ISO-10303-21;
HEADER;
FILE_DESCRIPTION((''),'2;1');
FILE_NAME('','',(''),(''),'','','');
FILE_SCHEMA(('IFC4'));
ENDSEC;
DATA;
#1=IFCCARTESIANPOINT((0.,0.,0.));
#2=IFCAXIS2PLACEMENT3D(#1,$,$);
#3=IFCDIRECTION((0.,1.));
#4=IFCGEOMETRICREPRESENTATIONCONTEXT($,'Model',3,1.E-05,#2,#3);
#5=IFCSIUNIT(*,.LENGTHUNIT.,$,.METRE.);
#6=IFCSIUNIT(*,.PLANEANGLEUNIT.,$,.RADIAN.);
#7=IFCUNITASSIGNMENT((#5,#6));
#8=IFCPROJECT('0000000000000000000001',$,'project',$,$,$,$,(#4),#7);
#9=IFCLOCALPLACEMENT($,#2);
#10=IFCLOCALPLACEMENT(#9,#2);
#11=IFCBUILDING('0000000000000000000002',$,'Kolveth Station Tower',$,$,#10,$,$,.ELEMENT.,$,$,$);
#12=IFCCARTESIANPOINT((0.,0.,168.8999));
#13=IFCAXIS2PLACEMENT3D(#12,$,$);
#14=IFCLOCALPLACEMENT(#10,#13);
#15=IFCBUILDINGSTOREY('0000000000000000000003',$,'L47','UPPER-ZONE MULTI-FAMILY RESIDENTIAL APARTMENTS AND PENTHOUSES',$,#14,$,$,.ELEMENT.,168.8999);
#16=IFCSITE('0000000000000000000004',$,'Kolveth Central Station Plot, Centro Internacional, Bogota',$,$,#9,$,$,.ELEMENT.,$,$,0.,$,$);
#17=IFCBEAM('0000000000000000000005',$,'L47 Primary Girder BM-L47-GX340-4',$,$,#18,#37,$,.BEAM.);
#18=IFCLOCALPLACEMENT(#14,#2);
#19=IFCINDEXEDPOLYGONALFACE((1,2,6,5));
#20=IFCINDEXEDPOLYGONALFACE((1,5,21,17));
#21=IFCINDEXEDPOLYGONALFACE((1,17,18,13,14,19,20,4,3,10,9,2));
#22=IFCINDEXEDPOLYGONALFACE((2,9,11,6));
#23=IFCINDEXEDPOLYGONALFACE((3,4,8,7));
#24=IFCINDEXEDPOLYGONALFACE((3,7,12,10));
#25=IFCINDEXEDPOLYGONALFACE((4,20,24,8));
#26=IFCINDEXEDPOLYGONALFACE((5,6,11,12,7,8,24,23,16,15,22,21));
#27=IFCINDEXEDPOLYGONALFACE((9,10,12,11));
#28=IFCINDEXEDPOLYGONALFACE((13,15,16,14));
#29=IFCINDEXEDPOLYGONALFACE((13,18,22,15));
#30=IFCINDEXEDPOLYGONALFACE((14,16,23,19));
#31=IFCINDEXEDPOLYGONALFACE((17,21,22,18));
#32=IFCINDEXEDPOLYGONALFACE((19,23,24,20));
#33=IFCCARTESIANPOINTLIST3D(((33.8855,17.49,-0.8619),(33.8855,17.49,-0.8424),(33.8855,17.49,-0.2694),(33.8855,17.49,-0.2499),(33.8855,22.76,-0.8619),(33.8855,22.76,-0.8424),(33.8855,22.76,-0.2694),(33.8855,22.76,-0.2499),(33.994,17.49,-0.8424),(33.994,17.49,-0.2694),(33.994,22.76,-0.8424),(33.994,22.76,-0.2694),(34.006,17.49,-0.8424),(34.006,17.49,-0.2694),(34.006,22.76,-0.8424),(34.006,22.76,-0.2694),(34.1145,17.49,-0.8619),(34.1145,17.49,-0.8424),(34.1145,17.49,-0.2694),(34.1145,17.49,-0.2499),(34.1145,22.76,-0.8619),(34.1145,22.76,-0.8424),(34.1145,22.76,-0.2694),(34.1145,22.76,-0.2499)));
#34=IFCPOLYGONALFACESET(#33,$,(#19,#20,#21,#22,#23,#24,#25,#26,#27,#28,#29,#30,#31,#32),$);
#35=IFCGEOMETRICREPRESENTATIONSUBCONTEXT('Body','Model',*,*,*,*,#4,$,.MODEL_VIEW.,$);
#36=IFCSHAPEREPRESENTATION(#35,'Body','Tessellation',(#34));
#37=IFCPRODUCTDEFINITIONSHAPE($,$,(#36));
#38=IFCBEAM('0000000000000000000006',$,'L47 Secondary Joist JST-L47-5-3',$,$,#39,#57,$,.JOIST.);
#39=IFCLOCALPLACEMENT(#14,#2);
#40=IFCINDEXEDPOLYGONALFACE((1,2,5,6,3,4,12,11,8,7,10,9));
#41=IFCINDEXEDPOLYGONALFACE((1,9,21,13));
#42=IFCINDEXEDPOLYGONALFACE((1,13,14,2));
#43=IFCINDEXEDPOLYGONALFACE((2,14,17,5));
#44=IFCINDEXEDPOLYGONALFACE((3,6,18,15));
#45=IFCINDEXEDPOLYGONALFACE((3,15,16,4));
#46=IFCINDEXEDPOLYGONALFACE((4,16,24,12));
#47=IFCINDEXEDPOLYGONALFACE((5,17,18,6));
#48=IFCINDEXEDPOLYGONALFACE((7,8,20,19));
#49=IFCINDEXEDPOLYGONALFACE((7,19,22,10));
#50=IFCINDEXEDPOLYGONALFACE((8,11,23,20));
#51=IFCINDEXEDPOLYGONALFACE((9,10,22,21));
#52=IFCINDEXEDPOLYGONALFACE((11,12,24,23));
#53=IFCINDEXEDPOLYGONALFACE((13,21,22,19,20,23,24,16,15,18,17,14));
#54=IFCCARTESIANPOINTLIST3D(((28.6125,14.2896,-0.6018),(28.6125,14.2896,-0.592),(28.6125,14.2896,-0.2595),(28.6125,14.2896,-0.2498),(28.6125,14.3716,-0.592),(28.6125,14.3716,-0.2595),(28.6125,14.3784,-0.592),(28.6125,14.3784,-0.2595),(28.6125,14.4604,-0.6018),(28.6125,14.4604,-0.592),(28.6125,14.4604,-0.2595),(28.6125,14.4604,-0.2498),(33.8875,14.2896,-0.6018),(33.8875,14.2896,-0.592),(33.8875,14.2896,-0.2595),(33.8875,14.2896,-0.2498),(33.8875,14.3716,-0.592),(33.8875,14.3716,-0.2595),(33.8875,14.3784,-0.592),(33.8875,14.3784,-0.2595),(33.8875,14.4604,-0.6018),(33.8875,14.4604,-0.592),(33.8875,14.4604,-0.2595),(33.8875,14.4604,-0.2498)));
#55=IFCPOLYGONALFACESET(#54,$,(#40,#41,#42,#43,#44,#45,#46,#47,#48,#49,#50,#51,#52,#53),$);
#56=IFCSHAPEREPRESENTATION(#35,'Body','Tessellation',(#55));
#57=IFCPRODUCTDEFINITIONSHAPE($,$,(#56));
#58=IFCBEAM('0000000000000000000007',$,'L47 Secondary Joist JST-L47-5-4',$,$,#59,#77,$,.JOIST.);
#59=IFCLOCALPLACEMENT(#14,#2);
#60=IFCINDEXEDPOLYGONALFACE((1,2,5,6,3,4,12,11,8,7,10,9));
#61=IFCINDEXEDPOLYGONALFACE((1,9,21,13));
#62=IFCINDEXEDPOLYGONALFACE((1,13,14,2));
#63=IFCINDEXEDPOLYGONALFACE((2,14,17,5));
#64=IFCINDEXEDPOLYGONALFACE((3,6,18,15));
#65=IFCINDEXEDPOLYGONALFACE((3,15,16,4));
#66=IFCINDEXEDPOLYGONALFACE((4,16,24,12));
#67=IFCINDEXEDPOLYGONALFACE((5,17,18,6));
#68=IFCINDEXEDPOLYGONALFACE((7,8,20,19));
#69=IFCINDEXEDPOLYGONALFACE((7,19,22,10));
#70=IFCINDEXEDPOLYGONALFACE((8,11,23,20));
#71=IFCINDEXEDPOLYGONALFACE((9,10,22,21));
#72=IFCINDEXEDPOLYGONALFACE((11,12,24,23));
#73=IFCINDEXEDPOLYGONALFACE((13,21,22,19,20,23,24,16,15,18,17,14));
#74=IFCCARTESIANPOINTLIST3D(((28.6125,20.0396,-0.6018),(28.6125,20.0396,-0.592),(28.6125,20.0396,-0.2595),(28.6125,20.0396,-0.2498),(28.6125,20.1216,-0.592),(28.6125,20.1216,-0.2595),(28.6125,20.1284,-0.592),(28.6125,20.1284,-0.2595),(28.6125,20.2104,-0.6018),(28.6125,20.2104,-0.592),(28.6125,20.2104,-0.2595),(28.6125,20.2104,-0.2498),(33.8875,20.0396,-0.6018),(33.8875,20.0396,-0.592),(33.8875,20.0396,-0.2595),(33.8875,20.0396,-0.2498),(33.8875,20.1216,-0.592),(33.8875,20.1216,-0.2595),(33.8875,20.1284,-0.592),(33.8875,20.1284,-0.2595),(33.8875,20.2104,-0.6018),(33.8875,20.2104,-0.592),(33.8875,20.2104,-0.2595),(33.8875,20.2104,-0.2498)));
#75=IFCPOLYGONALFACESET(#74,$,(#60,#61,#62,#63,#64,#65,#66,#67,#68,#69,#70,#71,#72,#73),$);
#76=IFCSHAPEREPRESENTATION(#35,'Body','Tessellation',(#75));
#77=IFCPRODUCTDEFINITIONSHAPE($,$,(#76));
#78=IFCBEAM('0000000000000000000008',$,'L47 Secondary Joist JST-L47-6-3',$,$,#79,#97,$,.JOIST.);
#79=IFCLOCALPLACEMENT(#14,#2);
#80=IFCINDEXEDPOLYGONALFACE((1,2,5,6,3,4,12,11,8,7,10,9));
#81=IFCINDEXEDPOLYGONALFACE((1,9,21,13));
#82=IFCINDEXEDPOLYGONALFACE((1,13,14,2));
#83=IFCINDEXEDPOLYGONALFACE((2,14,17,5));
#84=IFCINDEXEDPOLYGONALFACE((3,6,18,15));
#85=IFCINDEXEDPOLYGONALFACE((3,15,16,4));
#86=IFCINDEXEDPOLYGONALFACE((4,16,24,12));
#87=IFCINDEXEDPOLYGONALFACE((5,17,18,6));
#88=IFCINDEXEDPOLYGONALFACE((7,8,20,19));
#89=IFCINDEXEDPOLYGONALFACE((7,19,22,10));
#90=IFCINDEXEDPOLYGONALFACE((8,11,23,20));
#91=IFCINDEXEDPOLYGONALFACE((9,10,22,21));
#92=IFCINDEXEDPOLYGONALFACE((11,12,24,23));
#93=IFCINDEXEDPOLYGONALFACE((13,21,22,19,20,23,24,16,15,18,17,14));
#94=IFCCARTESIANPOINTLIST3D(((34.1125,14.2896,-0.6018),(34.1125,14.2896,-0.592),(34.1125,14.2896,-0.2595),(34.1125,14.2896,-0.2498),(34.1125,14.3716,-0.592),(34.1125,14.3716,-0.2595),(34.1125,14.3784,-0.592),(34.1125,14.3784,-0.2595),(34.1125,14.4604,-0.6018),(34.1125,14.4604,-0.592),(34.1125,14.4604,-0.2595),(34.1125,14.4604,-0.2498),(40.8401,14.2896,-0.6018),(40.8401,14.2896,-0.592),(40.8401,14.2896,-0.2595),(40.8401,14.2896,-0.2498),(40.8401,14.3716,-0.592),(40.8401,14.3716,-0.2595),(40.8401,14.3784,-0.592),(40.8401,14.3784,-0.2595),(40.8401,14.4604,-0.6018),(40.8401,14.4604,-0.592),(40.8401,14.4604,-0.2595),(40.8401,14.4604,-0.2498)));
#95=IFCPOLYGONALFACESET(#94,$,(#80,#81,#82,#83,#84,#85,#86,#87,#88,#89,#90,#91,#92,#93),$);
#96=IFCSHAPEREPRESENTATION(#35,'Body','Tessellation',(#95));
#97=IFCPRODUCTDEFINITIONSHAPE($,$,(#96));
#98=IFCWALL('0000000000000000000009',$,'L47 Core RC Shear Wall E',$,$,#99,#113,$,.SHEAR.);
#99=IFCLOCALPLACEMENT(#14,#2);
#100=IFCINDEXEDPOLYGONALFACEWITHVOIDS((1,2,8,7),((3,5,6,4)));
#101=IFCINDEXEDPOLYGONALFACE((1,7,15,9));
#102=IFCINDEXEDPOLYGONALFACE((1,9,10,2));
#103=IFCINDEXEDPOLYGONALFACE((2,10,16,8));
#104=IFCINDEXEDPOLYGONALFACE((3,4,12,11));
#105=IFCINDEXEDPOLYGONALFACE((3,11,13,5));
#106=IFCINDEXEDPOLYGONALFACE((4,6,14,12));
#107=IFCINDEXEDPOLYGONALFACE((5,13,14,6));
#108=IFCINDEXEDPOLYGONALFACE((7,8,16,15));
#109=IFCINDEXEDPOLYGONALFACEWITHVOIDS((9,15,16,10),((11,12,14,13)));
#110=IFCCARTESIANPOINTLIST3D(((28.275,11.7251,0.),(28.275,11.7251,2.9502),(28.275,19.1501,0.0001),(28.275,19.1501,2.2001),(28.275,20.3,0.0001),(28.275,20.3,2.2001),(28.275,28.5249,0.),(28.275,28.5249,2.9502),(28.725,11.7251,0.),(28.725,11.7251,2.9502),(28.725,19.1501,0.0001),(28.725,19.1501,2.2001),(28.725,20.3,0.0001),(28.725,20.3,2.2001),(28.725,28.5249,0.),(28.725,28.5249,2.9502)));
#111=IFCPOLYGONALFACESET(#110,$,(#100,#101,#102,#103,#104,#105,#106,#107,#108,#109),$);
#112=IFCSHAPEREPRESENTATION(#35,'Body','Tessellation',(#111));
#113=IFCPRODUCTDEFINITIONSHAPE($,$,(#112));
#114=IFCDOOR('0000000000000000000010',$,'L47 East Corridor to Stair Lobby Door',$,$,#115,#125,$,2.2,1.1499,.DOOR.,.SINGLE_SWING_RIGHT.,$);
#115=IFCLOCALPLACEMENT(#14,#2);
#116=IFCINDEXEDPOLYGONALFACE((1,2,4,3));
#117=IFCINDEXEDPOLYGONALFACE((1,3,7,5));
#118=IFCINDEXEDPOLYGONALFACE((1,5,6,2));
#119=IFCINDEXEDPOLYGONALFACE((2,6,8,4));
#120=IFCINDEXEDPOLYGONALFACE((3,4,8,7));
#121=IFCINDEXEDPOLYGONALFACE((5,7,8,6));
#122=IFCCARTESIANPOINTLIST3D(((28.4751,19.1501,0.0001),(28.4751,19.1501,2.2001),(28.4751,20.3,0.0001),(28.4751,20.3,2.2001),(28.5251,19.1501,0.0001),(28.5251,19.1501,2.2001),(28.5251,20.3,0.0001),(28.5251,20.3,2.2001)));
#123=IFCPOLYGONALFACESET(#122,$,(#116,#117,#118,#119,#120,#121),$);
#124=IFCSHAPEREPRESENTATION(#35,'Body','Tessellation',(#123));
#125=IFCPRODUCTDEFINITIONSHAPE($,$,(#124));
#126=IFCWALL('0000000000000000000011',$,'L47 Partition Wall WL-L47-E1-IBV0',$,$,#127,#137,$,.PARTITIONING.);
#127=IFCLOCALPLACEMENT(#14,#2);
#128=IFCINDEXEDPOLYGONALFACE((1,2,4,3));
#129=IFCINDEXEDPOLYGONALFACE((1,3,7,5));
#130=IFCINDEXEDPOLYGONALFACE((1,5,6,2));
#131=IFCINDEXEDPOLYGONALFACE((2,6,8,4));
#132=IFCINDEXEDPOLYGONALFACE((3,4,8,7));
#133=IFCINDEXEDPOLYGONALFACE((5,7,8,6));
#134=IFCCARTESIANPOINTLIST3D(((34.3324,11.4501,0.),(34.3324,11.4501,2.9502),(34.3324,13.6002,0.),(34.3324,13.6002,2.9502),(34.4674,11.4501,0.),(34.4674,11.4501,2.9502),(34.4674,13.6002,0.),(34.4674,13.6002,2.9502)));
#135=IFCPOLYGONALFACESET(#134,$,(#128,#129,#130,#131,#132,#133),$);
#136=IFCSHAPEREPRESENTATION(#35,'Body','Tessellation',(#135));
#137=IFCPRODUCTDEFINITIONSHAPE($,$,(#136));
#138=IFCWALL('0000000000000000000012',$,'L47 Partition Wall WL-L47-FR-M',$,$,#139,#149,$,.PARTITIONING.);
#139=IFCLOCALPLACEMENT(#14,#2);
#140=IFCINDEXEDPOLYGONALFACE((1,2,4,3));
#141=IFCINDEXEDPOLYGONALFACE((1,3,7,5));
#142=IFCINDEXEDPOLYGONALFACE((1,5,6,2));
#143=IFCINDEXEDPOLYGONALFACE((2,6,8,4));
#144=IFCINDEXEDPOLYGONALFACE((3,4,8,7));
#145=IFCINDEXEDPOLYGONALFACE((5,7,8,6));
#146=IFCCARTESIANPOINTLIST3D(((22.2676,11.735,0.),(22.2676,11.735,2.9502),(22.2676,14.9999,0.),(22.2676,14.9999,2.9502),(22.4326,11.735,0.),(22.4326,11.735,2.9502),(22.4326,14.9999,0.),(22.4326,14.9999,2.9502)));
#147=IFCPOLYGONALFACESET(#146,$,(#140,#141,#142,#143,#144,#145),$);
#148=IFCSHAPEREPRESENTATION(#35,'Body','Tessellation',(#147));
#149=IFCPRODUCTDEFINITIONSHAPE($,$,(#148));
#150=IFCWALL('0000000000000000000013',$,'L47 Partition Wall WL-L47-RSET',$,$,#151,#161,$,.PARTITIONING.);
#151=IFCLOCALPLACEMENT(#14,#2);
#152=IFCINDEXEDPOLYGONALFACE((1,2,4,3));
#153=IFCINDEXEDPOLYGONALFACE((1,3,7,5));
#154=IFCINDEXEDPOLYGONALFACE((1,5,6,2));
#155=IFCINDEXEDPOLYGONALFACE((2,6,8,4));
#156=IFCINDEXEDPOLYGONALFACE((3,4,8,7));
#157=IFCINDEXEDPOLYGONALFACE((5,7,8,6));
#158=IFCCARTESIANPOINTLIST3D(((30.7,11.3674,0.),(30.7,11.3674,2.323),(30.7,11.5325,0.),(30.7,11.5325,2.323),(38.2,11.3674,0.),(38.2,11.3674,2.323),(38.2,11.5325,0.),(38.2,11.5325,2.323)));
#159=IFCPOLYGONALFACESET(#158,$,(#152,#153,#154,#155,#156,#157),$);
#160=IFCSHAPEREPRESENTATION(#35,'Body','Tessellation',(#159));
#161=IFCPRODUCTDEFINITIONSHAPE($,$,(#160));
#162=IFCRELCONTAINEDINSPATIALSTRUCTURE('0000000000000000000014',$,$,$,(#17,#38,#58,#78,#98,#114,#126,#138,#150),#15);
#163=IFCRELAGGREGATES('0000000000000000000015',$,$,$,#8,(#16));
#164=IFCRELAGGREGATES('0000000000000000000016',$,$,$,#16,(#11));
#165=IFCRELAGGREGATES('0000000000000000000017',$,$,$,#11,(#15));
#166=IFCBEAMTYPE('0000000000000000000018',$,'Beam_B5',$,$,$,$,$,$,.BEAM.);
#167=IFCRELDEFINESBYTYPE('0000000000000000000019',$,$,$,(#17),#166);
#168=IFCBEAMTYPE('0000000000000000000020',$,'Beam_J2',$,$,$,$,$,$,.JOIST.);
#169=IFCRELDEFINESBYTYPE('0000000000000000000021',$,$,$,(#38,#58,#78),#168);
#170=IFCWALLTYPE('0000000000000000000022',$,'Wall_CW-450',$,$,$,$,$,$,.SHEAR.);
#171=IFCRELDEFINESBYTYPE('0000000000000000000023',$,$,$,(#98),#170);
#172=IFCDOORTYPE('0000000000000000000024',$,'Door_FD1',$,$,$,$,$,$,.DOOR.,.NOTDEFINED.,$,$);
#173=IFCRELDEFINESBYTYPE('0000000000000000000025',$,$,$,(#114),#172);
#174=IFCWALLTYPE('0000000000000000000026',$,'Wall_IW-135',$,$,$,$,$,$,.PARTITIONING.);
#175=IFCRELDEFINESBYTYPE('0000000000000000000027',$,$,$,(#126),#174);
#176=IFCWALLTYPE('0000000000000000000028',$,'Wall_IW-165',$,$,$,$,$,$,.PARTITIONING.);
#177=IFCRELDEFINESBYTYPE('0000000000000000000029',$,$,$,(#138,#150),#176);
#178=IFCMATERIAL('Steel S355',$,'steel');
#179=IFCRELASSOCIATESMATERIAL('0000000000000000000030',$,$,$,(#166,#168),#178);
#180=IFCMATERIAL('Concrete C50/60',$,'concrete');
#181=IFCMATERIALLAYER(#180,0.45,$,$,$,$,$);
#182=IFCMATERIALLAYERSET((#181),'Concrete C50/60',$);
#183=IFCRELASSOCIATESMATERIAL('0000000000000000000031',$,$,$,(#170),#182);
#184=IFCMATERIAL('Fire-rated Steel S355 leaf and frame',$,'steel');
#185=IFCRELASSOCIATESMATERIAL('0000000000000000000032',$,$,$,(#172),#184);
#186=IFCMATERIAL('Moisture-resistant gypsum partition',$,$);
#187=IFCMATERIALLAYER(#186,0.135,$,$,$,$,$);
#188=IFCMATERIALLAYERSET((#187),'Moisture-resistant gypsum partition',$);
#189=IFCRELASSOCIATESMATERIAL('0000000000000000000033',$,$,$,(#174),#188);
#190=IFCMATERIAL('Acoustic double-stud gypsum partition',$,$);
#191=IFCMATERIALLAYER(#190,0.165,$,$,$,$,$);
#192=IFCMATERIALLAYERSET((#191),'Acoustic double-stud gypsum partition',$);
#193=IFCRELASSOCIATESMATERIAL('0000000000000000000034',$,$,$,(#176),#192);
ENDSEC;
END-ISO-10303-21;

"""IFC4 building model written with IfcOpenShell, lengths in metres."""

from ifc_helpers import new_model, si_unit, direction, frame, frame_2d, origin, origin_2d, place, context, subcontext, project, spatial, rectangle, i_section, extrude, source, transform, mapped, material, layer, layer_set, material_profile, profile_set, type_object, element, fill, save


model = new_model("IFC4")

# Units and contexts
model_context = context("Model", 3, precision=1e-05, world=origin(), true_north=direction((0.0, 1.0)))
body_context = subcontext(model_context, "Body", "Model", "MODEL_VIEW")
ifc_project = project(units=[si_unit("LENGTHUNIT", "METRE"), si_unit("PLANEANGLEUNIT", "RADIAN")], contexts=[model_context])

# Site, building, storey
site_placement = place(None, origin())
site = spatial("IfcSite", under=ifc_project, at=site_placement, Name="Kolveth Central Station Plot, Centro Internacional, Bogota", CompositionType="ELEMENT", RefElevation=0.0)
building_placement = place(site_placement, origin())
building = spatial("IfcBuilding", under=site, at=building_placement, Name="Kolveth Station Tower", CompositionType="ELEMENT")
storey_placement = place(building_placement, frame((0.0, 0.0, 168.8999)))
storey = spatial("IfcBuildingStorey", under=building, at=storey_placement, Name="L47", Description="UPPER-ZONE MULTI-FAMILY RESIDENTIAL APARTMENTS AND PENTHOUSES", CompositionType="ELEMENT", Elevation=168.8999)

# Shared definitions
ifc_material_1 = material(Name="Steel S355", Category="steel")

# Beams
ifc_material_profile_1 = material_profile(ifc_material_1, i_section(OverallWidth=0.229, OverallDepth=0.6121, WebThickness=0.012, FlangeThickness=0.0195, at=origin_2d()), Name="W610x125")
ifc_profile_set_1 = profile_set([ifc_material_profile_1], Name="Steel S355")
beam_type_1 = type_object("IfcBeamType", Name="Beam_B5", PredefinedType="BEAM", material=ifc_profile_set_1)
shared_shape_1 = source(origin(), body_context, "Body", "SweptSolid", [
    extrude(i_section(OverallWidth=0.229, OverallDepth=0.6121, WebThickness=0.012, FlangeThickness=0.0195, at=origin_2d()), origin(), (0.0, 0.0, 1.0), 5.27),
])
for number, where, z_axis, x_axis, name in (
    (1, (34.0, 17.49, -0.5559), (0.0, 1.0, 0.0), (-1.0, 0.0, 0.0), "L47 Primary Girder BM-L47-GX340-4"),
):
    element("IfcBeam", number, at=place(storey_placement, frame(where, z_axis=z_axis, x_axis=x_axis)), inside=storey, type_object=beam_type_1, Name=name, PredefinedType="BEAM", context=body_context, shape_type="MappedRepresentation", body=[
        mapped(shared_shape_1, transform((0.0, 0.0, 0.0), x_axis=(1.0, 0.0, 0.0), y_axis=(0.0, 1.0, 0.0), z_axis=(0.0, 0.0, 1.0), scale=1.0)),
    ])
ifc_material_profile_2 = material_profile(ifc_material_1, i_section(OverallWidth=0.1709, OverallDepth=0.3521, WebThickness=0.0068, FlangeThickness=0.0098, at=origin_2d()), Name="W360x44")
ifc_profile_set_2 = profile_set([ifc_material_profile_2], Name="Steel S355")
beam_type_2 = type_object("IfcBeamType", Name="Beam_J2", PredefinedType="JOIST", material=ifc_profile_set_2)
shared_shape_2 = source(origin(), body_context, "Body", "SweptSolid", [
    extrude(i_section(OverallWidth=0.1709, OverallDepth=0.3521, WebThickness=0.0068, FlangeThickness=0.0098, at=origin_2d()), origin(), (0.0, 0.0, 1.0), 5.2749),
])
for number, where, z_axis, x_axis, name in (
    (2, (28.6125, 14.375, -0.4258), (1.0, 0.0, 0.0), (0.0, 1.0, 0.0), "L47 Secondary Joist JST-L47-5-3"),
    (3, (28.6125, 20.125, -0.4258), (1.0, 0.0, 0.0), (0.0, 1.0, 0.0), "L47 Secondary Joist JST-L47-5-4"),
):
    element("IfcBeam", number, at=place(storey_placement, frame(where, z_axis=z_axis, x_axis=x_axis)), inside=storey, type_object=beam_type_2, Name=name, PredefinedType="JOIST", context=body_context, shape_type="MappedRepresentation", body=[
        mapped(shared_shape_2, transform((0.0, 0.0, 0.0), x_axis=(1.0, 0.0, 0.0), y_axis=(0.0, 1.0, 0.0), z_axis=(0.0, 0.0, 1.0), scale=1.0)),
    ])
shared_shape_3 = source(origin(), body_context, "Body", "SweptSolid", [
    extrude(i_section(OverallWidth=0.1709, OverallDepth=0.3521, WebThickness=0.0068, FlangeThickness=0.0098, at=origin_2d()), origin(), (0.0, 0.0, 1.0), 6.7275),
])
beam_placement = place(storey_placement, frame((34.1125, 14.375, -0.4258), z_axis=(1.0, 0.0, 0.0), x_axis=(0.0, 1.0, 0.0)))
element("IfcBeam", 4, at=beam_placement, inside=storey, type_object=beam_type_2, Name="L47 Secondary Joist JST-L47-6-3", PredefinedType="JOIST", context=body_context, shape_type="MappedRepresentation", body=[
    mapped(shared_shape_3, transform((0.0, 0.0, 0.0), x_axis=(1.0, 0.0, 0.0), y_axis=(0.0, 1.0, 0.0), z_axis=(0.0, 0.0, 1.0), scale=1.0)),
])

# Wall, opening, door
ifc_material_2 = material(Name="Concrete C50/60", Category="concrete")
ifc_layer_1 = layer(ifc_material_2, 0.45)
ifc_layer_set_1 = layer_set([ifc_layer_1], Name="Concrete C50/60")
wall_type_1 = type_object("IfcWallType", Name="Wall_CW-450", PredefinedType="SHEAR", material=ifc_layer_set_1)
wall_1_placement = place(storey_placement, frame((28.5, 11.7251, 0.0), z_axis=(0.0, 0.0, 1.0), x_axis=(0.0, 1.0, 0.0)))
wall_1 = element("IfcWall", 5, at=wall_1_placement, inside=storey, type_object=wall_type_1, Name="L47 Core RC Shear Wall E", PredefinedType="SHEAR", context=body_context, shape_type="SweptSolid", body=[
    extrude(rectangle(XDim=16.7998, YDim=0.45, at=frame_2d((8.3999, 0.0))), origin(), (0.0, 0.0, 1.0), 2.9502),
])
opening_1_placement = place(wall_1_placement, frame((7.425, 0.0, 0.0)))
opening_1 = element("IfcOpeningElement", 6, at=opening_1_placement, cuts=wall_1, PredefinedType="OPENING", context=body_context, shape_type="SweptSolid", body=[
    extrude(rectangle(XDim=1.1499, YDim=2.2, at=frame_2d((0.575, 1.1001))), frame((0.0, 0.2349, 0.0), z_axis=(0.0, -1.0, 0.0), x_axis=(1.0, 0.0, 0.0)), (0.0, 0.0, 1.0), 0.47),
])
ifc_material_3 = material(Name="Fire-rated Steel S355 leaf and frame", Category="steel")
door_type_1 = type_object("IfcDoorType", Name="Door_FD1", OperationType="NOTDEFINED", PredefinedType="DOOR", material=ifc_material_3)
door_1_placement = place(opening_1_placement, origin())
door_1 = element("IfcDoor", 7, at=door_1_placement, inside=storey, type_object=door_type_1, Name="L47 East Corridor to Stair Lobby Door", OperationType="SINGLE_SWING_RIGHT", OverallHeight=2.2, OverallWidth=1.1499, PredefinedType="DOOR", context=body_context, shape_type="SweptSolid", body=[
    extrude(rectangle(XDim=1.1499, YDim=2.2, at=frame_2d((0.575, 1.1001))), frame((0.0, 0.0249, 0.0), z_axis=(0.0, -1.0, 0.0), x_axis=(1.0, 0.0, 0.0)), (0.0, 0.0, 1.0), 0.05),
])
fill(opening_1, door_1)

# Walls
ifc_material_4 = material(Name="Moisture-resistant gypsum partition")
ifc_layer_2 = layer(ifc_material_4, 0.135)
ifc_layer_set_2 = layer_set([ifc_layer_2], Name="Moisture-resistant gypsum partition")
wall_type_2 = type_object("IfcWallType", Name="Wall_IW-135", PredefinedType="PARTITIONING", material=ifc_layer_set_2)
wall_2_placement = place(storey_placement, frame((34.3999, 11.45, 0.0), z_axis=(0.0, 0.0, 1.0), x_axis=(0.0, 1.0, 0.0)))
element("IfcWall", 8, at=wall_2_placement, inside=storey, type_object=wall_type_2, Name="L47 Partition Wall WL-L47-E1-IBV0", PredefinedType="PARTITIONING", context=body_context, shape_type="SweptSolid", body=[
    extrude(rectangle(XDim=2.1501, YDim=0.135, at=frame_2d((1.0752, 0.0))), origin(), (0.0, 0.0, 1.0), 2.9502),
])
ifc_material_5 = material(Name="Acoustic double-stud gypsum partition")
ifc_layer_3 = layer(ifc_material_5, 0.165)
ifc_layer_set_3 = layer_set([ifc_layer_3], Name="Acoustic double-stud gypsum partition")
wall_type_3 = type_object("IfcWallType", Name="Wall_IW-165", PredefinedType="PARTITIONING", material=ifc_layer_set_3)
wall_3_placement = place(storey_placement, frame((22.3501, 11.7351, 0.0), z_axis=(0.0, 0.0, 1.0), x_axis=(0.0, 1.0, 0.0)))
element("IfcWall", 9, at=wall_3_placement, inside=storey, type_object=wall_type_3, Name="L47 Partition Wall WL-L47-FR-M", PredefinedType="PARTITIONING", context=body_context, shape_type="SweptSolid", body=[
    extrude(rectangle(XDim=3.2649, YDim=0.165, at=frame_2d((1.6323, 0.0))), origin(), (0.0, 0.0, 1.0), 2.9502),
])
wall_4_placement = place(storey_placement, frame((30.7, 11.45, 0.0), z_axis=(0.0, 0.0, 1.0), x_axis=(1.0, 0.0, 0.0)))
element("IfcWall", 10, at=wall_4_placement, inside=storey, type_object=wall_type_3, Name="L47 Partition Wall WL-L47-RSET", PredefinedType="PARTITIONING", context=body_context, shape_type="SweptSolid", body=[
    extrude(rectangle(XDim=7.5, YDim=0.165, at=frame_2d((3.75, 0.0))), origin(), (0.0, 0.0, 1.0), 2.323),
])

save(model, "model.ifc")
